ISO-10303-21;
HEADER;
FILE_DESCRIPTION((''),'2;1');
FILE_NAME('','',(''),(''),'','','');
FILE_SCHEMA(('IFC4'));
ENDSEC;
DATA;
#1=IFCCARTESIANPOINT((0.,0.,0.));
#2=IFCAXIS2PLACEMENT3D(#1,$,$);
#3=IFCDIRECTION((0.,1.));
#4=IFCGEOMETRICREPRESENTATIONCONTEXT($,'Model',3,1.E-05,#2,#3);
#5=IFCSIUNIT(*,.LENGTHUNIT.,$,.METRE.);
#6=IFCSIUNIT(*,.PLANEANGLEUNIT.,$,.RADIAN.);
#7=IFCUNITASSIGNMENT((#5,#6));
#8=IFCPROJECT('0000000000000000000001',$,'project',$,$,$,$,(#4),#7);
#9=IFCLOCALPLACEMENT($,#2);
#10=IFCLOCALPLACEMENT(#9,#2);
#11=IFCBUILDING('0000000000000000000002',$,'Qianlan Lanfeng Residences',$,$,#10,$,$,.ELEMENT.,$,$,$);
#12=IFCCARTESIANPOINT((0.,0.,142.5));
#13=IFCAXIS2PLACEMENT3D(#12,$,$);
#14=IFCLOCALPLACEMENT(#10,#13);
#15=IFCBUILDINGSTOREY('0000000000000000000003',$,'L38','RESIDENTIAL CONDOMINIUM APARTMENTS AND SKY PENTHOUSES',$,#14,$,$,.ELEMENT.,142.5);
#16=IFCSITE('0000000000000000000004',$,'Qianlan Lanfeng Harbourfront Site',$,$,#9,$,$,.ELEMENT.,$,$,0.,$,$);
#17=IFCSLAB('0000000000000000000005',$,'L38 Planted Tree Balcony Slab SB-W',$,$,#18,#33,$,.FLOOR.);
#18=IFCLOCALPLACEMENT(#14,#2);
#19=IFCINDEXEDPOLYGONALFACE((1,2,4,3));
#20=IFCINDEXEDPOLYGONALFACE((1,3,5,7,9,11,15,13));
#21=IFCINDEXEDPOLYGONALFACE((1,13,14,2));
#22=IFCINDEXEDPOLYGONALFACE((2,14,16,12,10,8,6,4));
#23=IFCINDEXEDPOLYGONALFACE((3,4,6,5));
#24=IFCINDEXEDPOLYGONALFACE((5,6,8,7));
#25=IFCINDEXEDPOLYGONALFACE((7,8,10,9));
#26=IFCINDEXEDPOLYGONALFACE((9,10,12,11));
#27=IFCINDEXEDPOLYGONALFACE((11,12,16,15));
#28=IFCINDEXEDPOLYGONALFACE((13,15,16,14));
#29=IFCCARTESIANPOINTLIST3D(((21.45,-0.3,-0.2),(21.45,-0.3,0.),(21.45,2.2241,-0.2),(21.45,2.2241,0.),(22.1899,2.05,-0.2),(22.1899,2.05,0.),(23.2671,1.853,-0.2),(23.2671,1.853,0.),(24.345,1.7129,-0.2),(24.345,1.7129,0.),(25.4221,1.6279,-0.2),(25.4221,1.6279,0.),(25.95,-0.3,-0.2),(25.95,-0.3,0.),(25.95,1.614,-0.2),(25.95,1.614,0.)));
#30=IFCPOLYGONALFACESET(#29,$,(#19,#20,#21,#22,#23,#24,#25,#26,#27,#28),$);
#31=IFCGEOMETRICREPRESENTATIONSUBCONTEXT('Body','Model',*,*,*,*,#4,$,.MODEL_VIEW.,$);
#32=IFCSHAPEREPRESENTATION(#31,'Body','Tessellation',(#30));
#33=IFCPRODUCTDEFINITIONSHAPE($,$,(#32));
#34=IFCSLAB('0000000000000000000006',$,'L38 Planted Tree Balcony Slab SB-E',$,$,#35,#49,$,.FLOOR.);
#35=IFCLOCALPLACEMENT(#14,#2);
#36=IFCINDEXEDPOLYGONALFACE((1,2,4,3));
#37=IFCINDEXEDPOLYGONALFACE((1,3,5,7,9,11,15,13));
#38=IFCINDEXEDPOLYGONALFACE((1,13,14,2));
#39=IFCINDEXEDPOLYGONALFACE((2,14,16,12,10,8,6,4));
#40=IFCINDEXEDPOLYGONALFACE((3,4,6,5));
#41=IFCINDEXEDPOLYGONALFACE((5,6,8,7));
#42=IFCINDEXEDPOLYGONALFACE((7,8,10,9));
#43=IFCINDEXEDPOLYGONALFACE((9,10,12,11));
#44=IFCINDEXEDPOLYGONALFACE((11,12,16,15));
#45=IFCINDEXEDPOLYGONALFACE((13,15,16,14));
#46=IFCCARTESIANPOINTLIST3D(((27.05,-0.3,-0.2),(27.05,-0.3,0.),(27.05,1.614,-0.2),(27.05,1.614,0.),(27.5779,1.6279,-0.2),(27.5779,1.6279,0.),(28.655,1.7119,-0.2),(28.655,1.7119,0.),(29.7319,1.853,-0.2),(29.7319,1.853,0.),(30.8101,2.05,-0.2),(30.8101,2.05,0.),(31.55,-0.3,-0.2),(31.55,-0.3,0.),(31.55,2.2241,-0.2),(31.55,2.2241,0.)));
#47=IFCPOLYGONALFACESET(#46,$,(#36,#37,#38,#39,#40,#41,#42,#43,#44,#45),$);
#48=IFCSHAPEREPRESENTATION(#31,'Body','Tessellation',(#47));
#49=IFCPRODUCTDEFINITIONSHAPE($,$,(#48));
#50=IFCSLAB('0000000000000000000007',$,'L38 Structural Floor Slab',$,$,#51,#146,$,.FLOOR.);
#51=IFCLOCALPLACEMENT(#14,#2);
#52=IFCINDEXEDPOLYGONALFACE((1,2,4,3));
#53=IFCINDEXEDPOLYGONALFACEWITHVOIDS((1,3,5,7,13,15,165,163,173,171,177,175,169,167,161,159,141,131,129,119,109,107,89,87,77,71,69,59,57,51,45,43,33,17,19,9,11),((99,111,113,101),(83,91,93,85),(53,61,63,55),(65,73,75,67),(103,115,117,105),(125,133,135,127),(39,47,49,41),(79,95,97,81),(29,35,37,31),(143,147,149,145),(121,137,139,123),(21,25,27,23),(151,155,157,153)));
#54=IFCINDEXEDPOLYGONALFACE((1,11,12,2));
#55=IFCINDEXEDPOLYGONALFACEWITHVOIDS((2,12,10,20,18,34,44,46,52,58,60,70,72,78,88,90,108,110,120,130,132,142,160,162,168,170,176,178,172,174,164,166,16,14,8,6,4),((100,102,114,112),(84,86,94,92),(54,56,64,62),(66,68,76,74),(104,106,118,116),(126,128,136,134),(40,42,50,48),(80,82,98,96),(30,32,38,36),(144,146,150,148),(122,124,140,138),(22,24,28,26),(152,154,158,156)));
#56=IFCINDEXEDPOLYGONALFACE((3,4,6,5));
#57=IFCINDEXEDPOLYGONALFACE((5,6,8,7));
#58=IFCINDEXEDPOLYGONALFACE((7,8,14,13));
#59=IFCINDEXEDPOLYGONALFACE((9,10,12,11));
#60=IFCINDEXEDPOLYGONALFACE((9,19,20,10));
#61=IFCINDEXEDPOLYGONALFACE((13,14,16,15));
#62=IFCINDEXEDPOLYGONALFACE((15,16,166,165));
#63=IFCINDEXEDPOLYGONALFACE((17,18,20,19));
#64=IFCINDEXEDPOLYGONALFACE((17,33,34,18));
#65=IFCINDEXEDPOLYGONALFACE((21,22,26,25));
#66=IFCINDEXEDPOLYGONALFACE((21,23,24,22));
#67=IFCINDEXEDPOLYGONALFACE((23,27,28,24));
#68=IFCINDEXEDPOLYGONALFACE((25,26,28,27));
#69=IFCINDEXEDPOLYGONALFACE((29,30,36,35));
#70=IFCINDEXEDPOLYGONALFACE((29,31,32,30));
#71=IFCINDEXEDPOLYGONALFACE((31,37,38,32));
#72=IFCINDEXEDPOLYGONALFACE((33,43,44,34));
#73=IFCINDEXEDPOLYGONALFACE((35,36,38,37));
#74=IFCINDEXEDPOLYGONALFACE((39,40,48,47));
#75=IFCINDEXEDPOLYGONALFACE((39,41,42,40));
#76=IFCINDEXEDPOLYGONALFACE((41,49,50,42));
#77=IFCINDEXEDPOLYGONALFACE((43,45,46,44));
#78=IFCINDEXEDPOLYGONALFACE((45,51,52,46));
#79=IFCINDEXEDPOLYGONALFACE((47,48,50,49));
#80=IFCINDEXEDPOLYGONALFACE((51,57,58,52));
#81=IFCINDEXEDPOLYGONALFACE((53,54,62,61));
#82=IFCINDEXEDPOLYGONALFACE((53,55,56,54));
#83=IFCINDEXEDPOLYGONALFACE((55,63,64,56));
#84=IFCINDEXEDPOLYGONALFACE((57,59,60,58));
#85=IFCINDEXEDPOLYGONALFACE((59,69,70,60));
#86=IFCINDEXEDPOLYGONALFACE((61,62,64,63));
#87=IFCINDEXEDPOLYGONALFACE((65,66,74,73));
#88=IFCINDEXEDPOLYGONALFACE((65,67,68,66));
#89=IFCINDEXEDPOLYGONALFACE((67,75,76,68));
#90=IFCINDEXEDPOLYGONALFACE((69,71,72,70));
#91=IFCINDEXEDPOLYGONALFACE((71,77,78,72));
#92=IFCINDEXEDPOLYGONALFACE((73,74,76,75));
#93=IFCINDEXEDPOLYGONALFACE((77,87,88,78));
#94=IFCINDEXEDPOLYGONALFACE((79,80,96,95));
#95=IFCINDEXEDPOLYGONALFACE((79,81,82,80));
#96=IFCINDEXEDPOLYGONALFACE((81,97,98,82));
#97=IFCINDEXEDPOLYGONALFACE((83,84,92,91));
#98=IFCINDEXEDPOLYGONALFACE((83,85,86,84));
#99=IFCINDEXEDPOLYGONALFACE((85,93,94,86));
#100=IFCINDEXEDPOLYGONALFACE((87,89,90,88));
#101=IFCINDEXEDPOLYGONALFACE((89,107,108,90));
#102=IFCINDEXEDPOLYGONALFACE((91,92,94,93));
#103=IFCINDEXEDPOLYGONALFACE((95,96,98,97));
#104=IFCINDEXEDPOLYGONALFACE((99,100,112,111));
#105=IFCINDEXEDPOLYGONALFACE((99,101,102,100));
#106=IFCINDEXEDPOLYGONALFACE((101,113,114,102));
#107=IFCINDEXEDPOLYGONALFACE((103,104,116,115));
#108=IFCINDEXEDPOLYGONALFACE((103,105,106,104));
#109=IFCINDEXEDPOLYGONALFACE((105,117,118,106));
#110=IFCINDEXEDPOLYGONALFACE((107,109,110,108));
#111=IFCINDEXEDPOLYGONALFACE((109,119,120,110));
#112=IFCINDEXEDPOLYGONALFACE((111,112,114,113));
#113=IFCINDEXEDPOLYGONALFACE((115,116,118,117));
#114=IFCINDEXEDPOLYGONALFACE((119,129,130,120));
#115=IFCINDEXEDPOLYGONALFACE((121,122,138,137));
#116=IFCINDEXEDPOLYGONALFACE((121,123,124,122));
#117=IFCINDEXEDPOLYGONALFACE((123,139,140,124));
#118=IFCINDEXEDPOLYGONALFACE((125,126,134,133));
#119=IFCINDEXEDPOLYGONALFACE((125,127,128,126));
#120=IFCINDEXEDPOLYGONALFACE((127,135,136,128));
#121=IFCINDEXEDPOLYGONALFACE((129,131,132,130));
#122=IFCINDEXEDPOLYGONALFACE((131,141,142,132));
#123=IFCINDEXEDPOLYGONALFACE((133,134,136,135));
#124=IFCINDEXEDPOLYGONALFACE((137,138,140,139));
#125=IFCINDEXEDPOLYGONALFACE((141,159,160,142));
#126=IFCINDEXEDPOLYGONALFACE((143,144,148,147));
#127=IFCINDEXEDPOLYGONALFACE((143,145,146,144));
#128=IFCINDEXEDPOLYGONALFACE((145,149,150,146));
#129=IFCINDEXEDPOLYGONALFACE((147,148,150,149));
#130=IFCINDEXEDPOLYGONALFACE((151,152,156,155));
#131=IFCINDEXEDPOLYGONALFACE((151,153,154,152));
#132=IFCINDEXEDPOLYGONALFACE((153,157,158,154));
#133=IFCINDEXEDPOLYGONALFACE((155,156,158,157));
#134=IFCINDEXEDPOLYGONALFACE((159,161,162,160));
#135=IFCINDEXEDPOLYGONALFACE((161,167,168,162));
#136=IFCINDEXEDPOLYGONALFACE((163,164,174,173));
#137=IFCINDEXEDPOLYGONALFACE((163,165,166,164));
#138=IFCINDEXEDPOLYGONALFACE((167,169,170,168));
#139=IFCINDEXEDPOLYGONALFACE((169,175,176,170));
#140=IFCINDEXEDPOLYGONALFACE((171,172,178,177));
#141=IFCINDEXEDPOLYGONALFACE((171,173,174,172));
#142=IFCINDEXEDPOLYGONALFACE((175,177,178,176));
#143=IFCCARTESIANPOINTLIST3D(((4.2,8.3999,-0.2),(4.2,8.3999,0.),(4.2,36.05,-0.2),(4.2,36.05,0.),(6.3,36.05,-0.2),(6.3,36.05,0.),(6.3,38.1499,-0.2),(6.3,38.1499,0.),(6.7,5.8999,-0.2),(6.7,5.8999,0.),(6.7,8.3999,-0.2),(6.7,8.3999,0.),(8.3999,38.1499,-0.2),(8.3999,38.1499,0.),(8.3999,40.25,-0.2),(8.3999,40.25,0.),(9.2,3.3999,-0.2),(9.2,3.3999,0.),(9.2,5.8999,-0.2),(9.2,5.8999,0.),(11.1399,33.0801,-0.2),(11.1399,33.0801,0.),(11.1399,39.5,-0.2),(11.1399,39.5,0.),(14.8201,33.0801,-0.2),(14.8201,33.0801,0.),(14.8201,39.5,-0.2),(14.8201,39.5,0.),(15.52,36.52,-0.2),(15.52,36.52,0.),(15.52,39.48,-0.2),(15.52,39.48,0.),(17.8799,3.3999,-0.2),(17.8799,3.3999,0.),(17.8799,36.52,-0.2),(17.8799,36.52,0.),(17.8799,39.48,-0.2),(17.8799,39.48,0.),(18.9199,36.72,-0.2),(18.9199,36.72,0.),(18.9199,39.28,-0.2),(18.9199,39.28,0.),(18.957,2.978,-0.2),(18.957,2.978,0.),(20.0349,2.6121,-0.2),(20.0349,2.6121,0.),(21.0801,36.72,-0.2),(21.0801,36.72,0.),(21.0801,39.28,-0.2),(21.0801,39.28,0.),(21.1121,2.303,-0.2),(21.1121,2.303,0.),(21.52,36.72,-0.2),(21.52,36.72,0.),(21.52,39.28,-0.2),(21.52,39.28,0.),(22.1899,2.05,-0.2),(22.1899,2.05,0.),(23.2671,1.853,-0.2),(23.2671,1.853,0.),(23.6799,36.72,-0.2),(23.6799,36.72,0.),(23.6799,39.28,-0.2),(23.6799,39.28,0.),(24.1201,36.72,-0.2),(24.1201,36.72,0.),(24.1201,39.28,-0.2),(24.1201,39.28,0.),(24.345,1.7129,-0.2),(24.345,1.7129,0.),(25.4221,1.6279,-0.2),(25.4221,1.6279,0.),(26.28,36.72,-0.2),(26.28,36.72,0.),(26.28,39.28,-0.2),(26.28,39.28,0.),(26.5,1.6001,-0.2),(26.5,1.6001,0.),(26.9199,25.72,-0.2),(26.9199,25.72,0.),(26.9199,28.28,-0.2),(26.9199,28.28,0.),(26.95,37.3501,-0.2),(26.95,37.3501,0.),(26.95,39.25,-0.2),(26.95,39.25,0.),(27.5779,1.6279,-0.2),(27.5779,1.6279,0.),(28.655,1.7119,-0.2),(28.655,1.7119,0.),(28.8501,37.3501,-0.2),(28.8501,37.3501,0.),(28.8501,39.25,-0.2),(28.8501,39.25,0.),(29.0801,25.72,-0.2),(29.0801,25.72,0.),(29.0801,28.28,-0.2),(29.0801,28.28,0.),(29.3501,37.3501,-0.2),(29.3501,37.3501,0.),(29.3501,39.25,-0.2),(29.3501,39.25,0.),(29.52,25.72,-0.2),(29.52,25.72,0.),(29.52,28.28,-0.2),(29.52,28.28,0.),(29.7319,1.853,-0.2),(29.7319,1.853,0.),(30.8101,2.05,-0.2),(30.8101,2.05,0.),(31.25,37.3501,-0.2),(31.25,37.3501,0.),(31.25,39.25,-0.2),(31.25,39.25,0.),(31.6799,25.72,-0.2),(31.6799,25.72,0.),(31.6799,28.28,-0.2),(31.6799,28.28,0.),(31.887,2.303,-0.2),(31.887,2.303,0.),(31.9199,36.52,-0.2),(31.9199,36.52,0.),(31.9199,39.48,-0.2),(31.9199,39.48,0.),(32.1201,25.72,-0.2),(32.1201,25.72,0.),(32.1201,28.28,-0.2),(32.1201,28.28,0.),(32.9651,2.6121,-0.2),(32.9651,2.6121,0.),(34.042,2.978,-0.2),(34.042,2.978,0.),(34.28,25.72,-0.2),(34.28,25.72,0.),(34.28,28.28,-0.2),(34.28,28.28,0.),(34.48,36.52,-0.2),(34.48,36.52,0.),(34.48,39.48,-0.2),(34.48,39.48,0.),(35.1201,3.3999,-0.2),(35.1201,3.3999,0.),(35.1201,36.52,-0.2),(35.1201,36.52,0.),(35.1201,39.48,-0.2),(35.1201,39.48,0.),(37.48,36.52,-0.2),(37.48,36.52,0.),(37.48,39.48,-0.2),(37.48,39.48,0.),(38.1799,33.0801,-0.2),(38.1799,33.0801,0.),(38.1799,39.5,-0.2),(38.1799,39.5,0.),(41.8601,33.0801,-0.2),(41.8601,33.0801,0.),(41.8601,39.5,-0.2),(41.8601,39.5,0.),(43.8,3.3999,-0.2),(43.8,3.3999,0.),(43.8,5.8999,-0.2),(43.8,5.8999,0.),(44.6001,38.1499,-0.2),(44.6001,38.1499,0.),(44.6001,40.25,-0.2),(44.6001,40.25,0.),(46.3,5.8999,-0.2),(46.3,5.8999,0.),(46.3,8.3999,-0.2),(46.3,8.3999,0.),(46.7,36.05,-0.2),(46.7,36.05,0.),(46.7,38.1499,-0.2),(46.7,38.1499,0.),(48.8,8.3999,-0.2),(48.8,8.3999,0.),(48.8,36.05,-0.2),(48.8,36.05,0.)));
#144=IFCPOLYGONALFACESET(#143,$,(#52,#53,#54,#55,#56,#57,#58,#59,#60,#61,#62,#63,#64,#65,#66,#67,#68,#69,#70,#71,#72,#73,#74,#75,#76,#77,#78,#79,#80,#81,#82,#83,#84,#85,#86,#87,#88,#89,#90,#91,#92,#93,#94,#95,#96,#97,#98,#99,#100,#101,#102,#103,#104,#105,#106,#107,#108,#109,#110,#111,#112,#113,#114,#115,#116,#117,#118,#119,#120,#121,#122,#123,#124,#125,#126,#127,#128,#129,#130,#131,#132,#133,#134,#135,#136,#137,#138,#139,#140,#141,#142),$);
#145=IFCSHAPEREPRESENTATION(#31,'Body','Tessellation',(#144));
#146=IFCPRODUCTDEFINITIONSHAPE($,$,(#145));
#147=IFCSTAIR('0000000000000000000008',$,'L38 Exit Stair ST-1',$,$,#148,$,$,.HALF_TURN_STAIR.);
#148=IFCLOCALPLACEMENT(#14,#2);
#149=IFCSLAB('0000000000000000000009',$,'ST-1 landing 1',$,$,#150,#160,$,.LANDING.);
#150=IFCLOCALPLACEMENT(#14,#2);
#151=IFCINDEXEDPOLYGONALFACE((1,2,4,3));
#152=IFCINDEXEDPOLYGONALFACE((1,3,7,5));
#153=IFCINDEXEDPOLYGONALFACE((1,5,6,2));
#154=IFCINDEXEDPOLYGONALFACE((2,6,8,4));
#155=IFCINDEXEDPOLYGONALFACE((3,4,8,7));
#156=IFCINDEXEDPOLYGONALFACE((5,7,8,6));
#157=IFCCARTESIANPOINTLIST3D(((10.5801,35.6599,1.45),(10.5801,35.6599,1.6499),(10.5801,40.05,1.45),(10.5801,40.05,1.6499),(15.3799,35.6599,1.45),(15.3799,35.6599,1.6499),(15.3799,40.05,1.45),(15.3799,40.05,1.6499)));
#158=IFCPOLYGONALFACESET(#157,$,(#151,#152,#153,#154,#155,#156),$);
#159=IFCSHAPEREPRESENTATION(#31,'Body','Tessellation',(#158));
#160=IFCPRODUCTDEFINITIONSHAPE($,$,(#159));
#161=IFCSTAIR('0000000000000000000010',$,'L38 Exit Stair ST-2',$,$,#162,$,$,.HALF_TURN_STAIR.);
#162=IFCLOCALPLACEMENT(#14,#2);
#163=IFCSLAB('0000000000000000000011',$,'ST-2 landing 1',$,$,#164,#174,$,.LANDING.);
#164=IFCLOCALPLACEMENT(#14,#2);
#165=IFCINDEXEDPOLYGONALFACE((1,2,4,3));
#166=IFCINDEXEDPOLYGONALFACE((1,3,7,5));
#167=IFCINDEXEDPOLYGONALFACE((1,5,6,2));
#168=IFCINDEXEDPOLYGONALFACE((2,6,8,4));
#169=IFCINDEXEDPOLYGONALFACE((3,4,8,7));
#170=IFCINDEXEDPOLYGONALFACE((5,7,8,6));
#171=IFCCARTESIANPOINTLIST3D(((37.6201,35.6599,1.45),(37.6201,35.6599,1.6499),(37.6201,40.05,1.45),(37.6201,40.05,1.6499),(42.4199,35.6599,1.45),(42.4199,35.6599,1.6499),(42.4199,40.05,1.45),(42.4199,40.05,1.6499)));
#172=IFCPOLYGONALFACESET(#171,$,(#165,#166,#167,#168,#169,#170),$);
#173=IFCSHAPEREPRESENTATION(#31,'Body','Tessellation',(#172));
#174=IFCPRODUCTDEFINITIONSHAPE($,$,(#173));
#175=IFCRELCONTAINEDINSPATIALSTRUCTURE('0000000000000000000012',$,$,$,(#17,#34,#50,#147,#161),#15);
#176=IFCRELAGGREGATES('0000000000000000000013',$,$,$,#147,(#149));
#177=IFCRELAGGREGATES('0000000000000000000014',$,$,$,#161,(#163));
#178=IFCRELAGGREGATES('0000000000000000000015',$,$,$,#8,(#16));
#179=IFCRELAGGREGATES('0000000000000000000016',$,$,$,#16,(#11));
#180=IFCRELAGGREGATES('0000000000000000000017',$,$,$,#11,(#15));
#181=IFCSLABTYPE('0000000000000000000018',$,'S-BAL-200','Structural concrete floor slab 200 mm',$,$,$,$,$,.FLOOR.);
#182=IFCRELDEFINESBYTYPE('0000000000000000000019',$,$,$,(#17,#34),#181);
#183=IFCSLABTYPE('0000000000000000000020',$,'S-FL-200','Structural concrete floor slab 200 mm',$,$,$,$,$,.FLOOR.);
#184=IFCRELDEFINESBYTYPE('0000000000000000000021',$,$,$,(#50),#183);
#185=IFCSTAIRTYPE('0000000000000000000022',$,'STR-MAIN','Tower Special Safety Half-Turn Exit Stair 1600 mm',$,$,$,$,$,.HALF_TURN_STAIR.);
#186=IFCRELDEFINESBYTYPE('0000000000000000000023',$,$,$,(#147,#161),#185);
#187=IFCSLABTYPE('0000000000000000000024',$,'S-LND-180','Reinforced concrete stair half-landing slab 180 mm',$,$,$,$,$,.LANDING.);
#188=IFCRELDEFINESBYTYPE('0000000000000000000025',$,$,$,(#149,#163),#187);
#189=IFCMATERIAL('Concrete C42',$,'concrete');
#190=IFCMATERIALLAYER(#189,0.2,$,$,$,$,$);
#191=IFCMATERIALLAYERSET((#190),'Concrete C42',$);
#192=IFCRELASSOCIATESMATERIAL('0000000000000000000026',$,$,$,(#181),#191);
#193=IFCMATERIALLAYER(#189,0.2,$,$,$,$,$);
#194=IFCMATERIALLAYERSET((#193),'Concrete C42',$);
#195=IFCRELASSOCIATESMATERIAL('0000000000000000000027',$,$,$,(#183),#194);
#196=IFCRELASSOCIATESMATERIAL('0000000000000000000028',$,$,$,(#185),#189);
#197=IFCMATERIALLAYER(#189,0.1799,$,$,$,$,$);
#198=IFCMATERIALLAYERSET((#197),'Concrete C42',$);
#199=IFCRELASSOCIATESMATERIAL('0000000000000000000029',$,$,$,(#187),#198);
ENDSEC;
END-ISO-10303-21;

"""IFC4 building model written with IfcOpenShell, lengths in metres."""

from ifc_helpers import new_model, si_unit, direction, frame, origin, place, context, subcontext, project, spatial, polyline, outline, extrude, material, layer, layer_set, type_object, element, aggregate, save


model = new_model("IFC4")

# Units and contexts
model_context = context("Model", 3, precision=1e-05, world=origin(), true_north=direction((0.0, 1.0)))
body_context = subcontext(model_context, "Body", "Model", "MODEL_VIEW")
ifc_project = project(units=[si_unit("LENGTHUNIT", "METRE"), si_unit("PLANEANGLEUNIT", "RADIAN")], contexts=[model_context])

# Site, building, storey
site_placement = place(None, origin())
site = spatial("IfcSite", under=ifc_project, at=site_placement, Name="Qianlan Lanfeng Harbourfront Site", CompositionType="ELEMENT", RefElevation=0.0)
building_placement = place(site_placement, origin())
building = spatial("IfcBuilding", under=site, at=building_placement, Name="Qianlan Lanfeng Residences", CompositionType="ELEMENT")
storey_placement = place(building_placement, frame((0.0, 0.0, 142.5)))
storey = spatial("IfcBuildingStorey", under=building, at=storey_placement, Name="L38", Description="RESIDENTIAL CONDOMINIUM APARTMENTS AND SKY PENTHOUSES", CompositionType="ELEMENT", Elevation=142.5)

# Slabs
ifc_material_1 = material(Name="Concrete C42", Category="concrete")
ifc_layer_1 = layer(ifc_material_1, 0.2)
ifc_layer_set_1 = layer_set([ifc_layer_1], Name="Concrete C42")
slab_type_1 = type_object("IfcSlabType", Name="S-BAL-200", Description="Structural concrete floor slab 200 mm", PredefinedType="FLOOR", material=ifc_layer_set_1)
slab_1_placement = place(storey_placement, frame((0.0, 0.0, -0.2)))
element("IfcSlab", 1, at=slab_1_placement, inside=storey, type_object=slab_type_1, Name="L38 Planted Tree Balcony Slab SB-W", PredefinedType="FLOOR", context=body_context, shape_type="SweptSolid", body=[
    extrude(outline(polyline([(25.95, 1.614), (25.4221, 1.6279), (24.345, 1.7129), (23.2671, 1.853), (22.1899, 2.05), (21.45, 2.2241), (21.45, -0.3), (25.95, -0.3), (25.95, 1.614)])), origin(), (0.0, 0.0, 1.0), 0.2),
])
slab_2_placement = place(storey_placement, frame((0.0, 0.0, -0.2)))
element("IfcSlab", 2, at=slab_2_placement, inside=storey, type_object=slab_type_1, Name="L38 Planted Tree Balcony Slab SB-E", PredefinedType="FLOOR", context=body_context, shape_type="SweptSolid", body=[
    extrude(outline(polyline([(31.55, 2.2241), (30.8101, 2.05), (29.7319, 1.853), (28.655, 1.7119), (27.5779, 1.6279), (27.05, 1.614), (27.05, -0.3), (31.55, -0.3), (31.55, 2.2241)])), origin(), (0.0, 0.0, 1.0), 0.2),
])
ifc_layer_2 = layer(ifc_material_1, 0.2)
ifc_layer_set_2 = layer_set([ifc_layer_2], Name="Concrete C42")
slab_type_2 = type_object("IfcSlabType", Name="S-FL-200", Description="Structural concrete floor slab 200 mm", PredefinedType="FLOOR", material=ifc_layer_set_2)
slab_3_placement = place(storey_placement, frame((0.0, 0.0, -0.2)))
element("IfcSlab", 3, at=slab_3_placement, inside=storey, type_object=slab_type_2, Name="L38 Structural Floor Slab", PredefinedType="FLOOR", context=body_context, shape_type="SweptSolid", body=[
    extrude(outline(polyline([(4.2, 8.3999), (6.7, 8.3999), (6.7, 5.8999), (9.2, 5.8999), (9.2, 3.3999), (17.8799, 3.3999), (18.957, 2.978), (20.0349, 2.6121), (21.1121, 2.303), (22.1899, 2.05), (23.2671, 1.853), (24.345, 1.7129), (25.4221, 1.6279), (26.5, 1.6001), (27.5779, 1.6279), (28.655, 1.7119), (29.7319, 1.853), (30.8101, 2.05), (31.887, 2.303), (32.9651, 2.6121), (34.042, 2.978), (35.1201, 3.3999), (43.8, 3.3999), (43.8, 5.8999), (46.3, 5.8999), (46.3, 8.3999), (48.8, 8.3999), (48.8, 36.05), (46.7, 36.05), (46.7, 38.1499), (44.6001, 38.1499), (44.6001, 40.25), (8.3999, 40.25), (8.3999, 38.1499), (6.3, 38.1499), (6.3, 36.05), (4.2, 36.05), (4.2, 8.3999)]), holes=[polyline([(11.1399, 33.0801), (11.1399, 39.5), (14.8201, 39.5), (14.8201, 33.0801), (11.1399, 33.0801)]), polyline([(38.1799, 33.0801), (38.1799, 39.5), (41.8601, 39.5), (41.8601, 33.0801), (38.1799, 33.0801)]), polyline([(15.52, 36.52), (15.52, 39.48), (17.8799, 39.48), (17.8799, 36.52), (15.52, 36.52)]), polyline([(35.1201, 36.52), (35.1201, 39.48), (37.48, 39.48), (37.48, 36.52), (35.1201, 36.52)]), polyline([(31.9199, 36.52), (31.9199, 39.48), (34.48, 39.48), (34.48, 36.52), (31.9199, 36.52)]), polyline([(26.9199, 25.72), (26.9199, 28.28), (29.0801, 28.28), (29.0801, 25.72), (26.9199, 25.72)]), polyline([(29.52, 25.72), (29.52, 28.28), (31.6799, 28.28), (31.6799, 25.72), (29.52, 25.72)]), polyline([(32.1201, 25.72), (32.1201, 28.28), (34.28, 28.28), (34.28, 25.72), (32.1201, 25.72)]), polyline([(18.9199, 36.72), (18.9199, 39.28), (21.0801, 39.28), (21.0801, 36.72), (18.9199, 36.72)]), polyline([(21.52, 36.72), (21.52, 39.28), (23.6799, 39.28), (23.6799, 36.72), (21.52, 36.72)]), polyline([(24.1201, 36.72), (24.1201, 39.28), (26.28, 39.28), (26.28, 36.72), (24.1201, 36.72)]), polyline([(26.95, 37.3501), (26.95, 39.25), (28.8501, 39.25), (28.8501, 37.3501), (26.95, 37.3501)]), polyline([(29.3501, 37.3501), (29.3501, 39.25), (31.25, 39.25), (31.25, 37.3501), (29.3501, 37.3501)])]), origin(), (0.0, 0.0, 1.0), 0.2),
])

# Stairs, slabs
stair_type = type_object("IfcStairType", Name="STR-MAIN", Description="Tower Special Safety Half-Turn Exit Stair 1600 mm", PredefinedType="HALF_TURN_STAIR", material=ifc_material_1)
stair_1_placement = place(storey_placement, origin())
stair_1 = element("IfcStair", 4, at=stair_1_placement, inside=storey, type_object=stair_type, Name="L38 Exit Stair ST-1", PredefinedType="HALF_TURN_STAIR")
ifc_layer_3 = layer(ifc_material_1, 0.1799)
ifc_layer_set_3 = layer_set([ifc_layer_3], Name="Concrete C42")
slab_type_3 = type_object("IfcSlabType", Name="S-LND-180", Description="Reinforced concrete stair half-landing slab 180 mm", PredefinedType="LANDING", material=ifc_layer_set_3)
slab_4_placement = place(storey_placement, frame((0.0, 0.0, 1.45)))
slab_4 = element("IfcSlab", 5, at=slab_4_placement, type_object=slab_type_3, Name="ST-1 landing 1", PredefinedType="LANDING", context=body_context, shape_type="SweptSolid", body=[
    extrude(outline(polyline([(10.5801, 35.6599), (15.3799, 35.6599), (15.3799, 40.05), (10.5801, 40.05), (10.5801, 35.6599)])), origin(), (0.0, 0.0, 1.0), 0.2),
])
aggregate(stair_1, [slab_4])
stair_2_placement = place(storey_placement, origin())
stair_2 = element("IfcStair", 6, at=stair_2_placement, inside=storey, type_object=stair_type, Name="L38 Exit Stair ST-2", PredefinedType="HALF_TURN_STAIR")
slab_5_placement = place(storey_placement, frame((0.0, 0.0, 1.45)))
slab_5 = element("IfcSlab", 7, at=slab_5_placement, type_object=slab_type_3, Name="ST-2 landing 1", PredefinedType="LANDING", context=body_context, shape_type="SweptSolid", body=[
    extrude(outline(polyline([(37.6201, 35.6599), (42.4199, 35.6599), (42.4199, 40.05), (37.6201, 40.05), (37.6201, 35.6599)])), origin(), (0.0, 0.0, 1.0), 0.2),
])
aggregate(stair_2, [slab_5])

save(model, "model.ifc")
